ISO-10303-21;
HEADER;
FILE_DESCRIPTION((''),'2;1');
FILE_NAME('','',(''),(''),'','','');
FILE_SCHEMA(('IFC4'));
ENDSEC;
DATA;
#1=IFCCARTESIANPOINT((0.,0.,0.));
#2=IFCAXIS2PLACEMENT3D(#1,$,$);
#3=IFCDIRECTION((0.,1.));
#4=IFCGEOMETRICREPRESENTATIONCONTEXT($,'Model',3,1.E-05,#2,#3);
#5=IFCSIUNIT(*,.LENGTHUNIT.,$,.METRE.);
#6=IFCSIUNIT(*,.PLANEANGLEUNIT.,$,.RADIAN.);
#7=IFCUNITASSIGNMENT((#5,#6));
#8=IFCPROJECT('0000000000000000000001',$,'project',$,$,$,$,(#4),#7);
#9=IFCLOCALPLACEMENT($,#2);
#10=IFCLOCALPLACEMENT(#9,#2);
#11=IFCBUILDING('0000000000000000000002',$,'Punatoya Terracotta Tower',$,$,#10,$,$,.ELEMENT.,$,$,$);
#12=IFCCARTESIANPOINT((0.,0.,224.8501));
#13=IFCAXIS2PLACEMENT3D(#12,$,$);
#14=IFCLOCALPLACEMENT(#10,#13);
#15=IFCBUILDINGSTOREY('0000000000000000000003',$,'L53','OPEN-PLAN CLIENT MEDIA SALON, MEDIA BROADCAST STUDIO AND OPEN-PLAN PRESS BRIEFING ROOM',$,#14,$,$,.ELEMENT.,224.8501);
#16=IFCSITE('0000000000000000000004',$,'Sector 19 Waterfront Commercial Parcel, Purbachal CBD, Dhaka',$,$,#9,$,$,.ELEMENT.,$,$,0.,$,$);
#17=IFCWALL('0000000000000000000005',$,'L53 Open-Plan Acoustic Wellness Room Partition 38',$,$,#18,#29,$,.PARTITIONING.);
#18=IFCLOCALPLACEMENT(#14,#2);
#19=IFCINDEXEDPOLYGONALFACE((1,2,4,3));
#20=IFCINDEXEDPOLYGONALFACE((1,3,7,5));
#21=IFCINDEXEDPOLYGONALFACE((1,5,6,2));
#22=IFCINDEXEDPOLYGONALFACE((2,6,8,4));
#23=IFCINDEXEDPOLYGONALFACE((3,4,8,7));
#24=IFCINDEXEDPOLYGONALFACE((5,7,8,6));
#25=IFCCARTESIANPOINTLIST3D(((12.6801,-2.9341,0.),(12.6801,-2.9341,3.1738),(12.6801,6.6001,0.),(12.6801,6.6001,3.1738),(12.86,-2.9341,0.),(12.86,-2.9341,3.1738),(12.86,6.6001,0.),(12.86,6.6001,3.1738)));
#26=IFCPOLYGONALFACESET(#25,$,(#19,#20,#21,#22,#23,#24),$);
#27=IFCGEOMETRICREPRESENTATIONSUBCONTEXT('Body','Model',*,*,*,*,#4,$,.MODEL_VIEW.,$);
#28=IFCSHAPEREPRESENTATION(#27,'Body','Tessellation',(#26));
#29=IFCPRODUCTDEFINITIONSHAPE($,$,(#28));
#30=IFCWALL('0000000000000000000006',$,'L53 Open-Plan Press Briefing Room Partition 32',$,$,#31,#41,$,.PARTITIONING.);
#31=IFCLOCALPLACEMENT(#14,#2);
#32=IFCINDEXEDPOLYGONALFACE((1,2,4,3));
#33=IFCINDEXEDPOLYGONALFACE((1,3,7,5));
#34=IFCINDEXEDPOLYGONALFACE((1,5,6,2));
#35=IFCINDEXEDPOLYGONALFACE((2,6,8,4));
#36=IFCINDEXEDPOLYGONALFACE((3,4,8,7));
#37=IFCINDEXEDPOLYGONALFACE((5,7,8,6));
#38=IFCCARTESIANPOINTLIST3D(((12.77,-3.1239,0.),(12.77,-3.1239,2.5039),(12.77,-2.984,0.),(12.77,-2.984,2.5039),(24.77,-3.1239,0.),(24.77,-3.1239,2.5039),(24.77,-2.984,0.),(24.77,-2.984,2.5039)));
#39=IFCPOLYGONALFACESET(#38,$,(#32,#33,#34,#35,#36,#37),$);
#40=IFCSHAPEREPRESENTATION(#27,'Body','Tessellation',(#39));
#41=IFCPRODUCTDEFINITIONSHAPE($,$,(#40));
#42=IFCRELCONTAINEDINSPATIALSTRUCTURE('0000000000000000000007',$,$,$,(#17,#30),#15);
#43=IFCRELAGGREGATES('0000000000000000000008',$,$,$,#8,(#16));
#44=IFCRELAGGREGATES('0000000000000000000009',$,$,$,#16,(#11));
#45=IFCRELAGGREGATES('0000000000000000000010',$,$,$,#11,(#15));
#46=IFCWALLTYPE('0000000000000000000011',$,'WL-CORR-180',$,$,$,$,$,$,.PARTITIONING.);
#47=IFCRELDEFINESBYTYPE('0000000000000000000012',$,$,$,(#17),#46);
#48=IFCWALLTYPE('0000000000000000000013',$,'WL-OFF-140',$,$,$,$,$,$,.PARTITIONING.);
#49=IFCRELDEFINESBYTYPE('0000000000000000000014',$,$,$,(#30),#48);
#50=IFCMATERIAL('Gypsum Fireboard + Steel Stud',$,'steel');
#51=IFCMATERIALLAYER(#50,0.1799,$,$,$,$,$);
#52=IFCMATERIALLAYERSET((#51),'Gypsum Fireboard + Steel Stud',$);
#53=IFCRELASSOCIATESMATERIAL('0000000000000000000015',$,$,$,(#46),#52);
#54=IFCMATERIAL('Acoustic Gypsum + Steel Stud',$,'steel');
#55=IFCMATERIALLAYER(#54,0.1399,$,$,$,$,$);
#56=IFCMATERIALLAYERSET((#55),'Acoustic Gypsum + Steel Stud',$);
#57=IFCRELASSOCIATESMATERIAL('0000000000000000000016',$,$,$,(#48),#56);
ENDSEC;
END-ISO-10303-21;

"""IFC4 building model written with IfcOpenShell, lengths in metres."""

from ifc_helpers import new_model, si_unit, direction, frame, frame_2d, origin, place, context, subcontext, project, spatial, rectangle, extrude, material, layer, layer_set, type_object, element, save


model = new_model("IFC4")

# Units and contexts
model_context = context("Model", 3, precision=1e-05, world=origin(), true_north=direction((0.0, 1.0)))
body_context = subcontext(model_context, "Body", "Model", "MODEL_VIEW")
ifc_project = project(units=[si_unit("LENGTHUNIT", "METRE"), si_unit("PLANEANGLEUNIT", "RADIAN")], contexts=[model_context])

# Site, building, storey
site_placement = place(None, origin())
site = spatial("IfcSite", under=ifc_project, at=site_placement, Name="Sector 19 Waterfront Commercial Parcel, Purbachal CBD, Dhaka", CompositionType="ELEMENT", RefElevation=0.0)
building_placement = place(site_placement, origin())
building = spatial("IfcBuilding", under=site, at=building_placement, Name="Punatoya Terracotta Tower", CompositionType="ELEMENT")
storey_placement = place(building_placement, frame((0.0, 0.0, 224.8501)))
storey = spatial("IfcBuildingStorey", under=building, at=storey_placement, Name="L53", Description="OPEN-PLAN CLIENT MEDIA SALON, MEDIA BROADCAST STUDIO AND OPEN-PLAN PRESS BRIEFING ROOM", CompositionType="ELEMENT", Elevation=224.8501)

# Shared definitions
ifc_material_1 = material(Name="Gypsum Fireboard + Steel Stud", Category="steel")
ifc_layer_1 = layer(ifc_material_1, 0.1799)
ifc_layer_set_1 = layer_set([ifc_layer_1], Name="Gypsum Fireboard + Steel Stud")
wall_type_1 = type_object("IfcWallType", Name="WL-CORR-180", PredefinedType="PARTITIONING", material=ifc_layer_set_1)

# Walls
wall_1_placement = place(storey_placement, frame((12.77, -2.9341, 0.0), z_axis=(0.0, 0.0, 1.0), x_axis=(0.0, 1.0, 0.0)))
element("IfcWall", 1, at=wall_1_placement, inside=storey, type_object=wall_type_1, Name="L53 Open-Plan Acoustic Wellness Room Partition 38", PredefinedType="PARTITIONING", context=body_context, shape_type="SweptSolid", body=[
    extrude(rectangle(XDim=9.5342, YDim=0.1799, at=frame_2d((4.7671, 0.0))), origin(), (0.0, 0.0, 1.0), 3.1738),
])
ifc_material_2 = material(Name="Acoustic Gypsum + Steel Stud", Category="steel")
ifc_layer_2 = layer(ifc_material_2, 0.1399)
ifc_layer_set_2 = layer_set([ifc_layer_2], Name="Acoustic Gypsum + Steel Stud")
wall_type_2 = type_object("IfcWallType", Name="WL-OFF-140", PredefinedType="PARTITIONING", material=ifc_layer_set_2)
wall_2_placement = place(storey_placement, frame((12.77, -3.054, 0.0), z_axis=(0.0, 0.0, 1.0), x_axis=(1.0, 0.0, 0.0)))
element("IfcWall", 2, at=wall_2_placement, inside=storey, type_object=wall_type_2, Name="L53 Open-Plan Press Briefing Room Partition 32", PredefinedType="PARTITIONING", context=body_context, shape_type="SweptSolid", body=[
    extrude(rectangle(XDim=12.0, YDim=0.1399, at=frame_2d((6.0, 0.0))), origin(), (0.0, 0.0, 1.0), 2.5039),
])

save(model, "model.ifc")
